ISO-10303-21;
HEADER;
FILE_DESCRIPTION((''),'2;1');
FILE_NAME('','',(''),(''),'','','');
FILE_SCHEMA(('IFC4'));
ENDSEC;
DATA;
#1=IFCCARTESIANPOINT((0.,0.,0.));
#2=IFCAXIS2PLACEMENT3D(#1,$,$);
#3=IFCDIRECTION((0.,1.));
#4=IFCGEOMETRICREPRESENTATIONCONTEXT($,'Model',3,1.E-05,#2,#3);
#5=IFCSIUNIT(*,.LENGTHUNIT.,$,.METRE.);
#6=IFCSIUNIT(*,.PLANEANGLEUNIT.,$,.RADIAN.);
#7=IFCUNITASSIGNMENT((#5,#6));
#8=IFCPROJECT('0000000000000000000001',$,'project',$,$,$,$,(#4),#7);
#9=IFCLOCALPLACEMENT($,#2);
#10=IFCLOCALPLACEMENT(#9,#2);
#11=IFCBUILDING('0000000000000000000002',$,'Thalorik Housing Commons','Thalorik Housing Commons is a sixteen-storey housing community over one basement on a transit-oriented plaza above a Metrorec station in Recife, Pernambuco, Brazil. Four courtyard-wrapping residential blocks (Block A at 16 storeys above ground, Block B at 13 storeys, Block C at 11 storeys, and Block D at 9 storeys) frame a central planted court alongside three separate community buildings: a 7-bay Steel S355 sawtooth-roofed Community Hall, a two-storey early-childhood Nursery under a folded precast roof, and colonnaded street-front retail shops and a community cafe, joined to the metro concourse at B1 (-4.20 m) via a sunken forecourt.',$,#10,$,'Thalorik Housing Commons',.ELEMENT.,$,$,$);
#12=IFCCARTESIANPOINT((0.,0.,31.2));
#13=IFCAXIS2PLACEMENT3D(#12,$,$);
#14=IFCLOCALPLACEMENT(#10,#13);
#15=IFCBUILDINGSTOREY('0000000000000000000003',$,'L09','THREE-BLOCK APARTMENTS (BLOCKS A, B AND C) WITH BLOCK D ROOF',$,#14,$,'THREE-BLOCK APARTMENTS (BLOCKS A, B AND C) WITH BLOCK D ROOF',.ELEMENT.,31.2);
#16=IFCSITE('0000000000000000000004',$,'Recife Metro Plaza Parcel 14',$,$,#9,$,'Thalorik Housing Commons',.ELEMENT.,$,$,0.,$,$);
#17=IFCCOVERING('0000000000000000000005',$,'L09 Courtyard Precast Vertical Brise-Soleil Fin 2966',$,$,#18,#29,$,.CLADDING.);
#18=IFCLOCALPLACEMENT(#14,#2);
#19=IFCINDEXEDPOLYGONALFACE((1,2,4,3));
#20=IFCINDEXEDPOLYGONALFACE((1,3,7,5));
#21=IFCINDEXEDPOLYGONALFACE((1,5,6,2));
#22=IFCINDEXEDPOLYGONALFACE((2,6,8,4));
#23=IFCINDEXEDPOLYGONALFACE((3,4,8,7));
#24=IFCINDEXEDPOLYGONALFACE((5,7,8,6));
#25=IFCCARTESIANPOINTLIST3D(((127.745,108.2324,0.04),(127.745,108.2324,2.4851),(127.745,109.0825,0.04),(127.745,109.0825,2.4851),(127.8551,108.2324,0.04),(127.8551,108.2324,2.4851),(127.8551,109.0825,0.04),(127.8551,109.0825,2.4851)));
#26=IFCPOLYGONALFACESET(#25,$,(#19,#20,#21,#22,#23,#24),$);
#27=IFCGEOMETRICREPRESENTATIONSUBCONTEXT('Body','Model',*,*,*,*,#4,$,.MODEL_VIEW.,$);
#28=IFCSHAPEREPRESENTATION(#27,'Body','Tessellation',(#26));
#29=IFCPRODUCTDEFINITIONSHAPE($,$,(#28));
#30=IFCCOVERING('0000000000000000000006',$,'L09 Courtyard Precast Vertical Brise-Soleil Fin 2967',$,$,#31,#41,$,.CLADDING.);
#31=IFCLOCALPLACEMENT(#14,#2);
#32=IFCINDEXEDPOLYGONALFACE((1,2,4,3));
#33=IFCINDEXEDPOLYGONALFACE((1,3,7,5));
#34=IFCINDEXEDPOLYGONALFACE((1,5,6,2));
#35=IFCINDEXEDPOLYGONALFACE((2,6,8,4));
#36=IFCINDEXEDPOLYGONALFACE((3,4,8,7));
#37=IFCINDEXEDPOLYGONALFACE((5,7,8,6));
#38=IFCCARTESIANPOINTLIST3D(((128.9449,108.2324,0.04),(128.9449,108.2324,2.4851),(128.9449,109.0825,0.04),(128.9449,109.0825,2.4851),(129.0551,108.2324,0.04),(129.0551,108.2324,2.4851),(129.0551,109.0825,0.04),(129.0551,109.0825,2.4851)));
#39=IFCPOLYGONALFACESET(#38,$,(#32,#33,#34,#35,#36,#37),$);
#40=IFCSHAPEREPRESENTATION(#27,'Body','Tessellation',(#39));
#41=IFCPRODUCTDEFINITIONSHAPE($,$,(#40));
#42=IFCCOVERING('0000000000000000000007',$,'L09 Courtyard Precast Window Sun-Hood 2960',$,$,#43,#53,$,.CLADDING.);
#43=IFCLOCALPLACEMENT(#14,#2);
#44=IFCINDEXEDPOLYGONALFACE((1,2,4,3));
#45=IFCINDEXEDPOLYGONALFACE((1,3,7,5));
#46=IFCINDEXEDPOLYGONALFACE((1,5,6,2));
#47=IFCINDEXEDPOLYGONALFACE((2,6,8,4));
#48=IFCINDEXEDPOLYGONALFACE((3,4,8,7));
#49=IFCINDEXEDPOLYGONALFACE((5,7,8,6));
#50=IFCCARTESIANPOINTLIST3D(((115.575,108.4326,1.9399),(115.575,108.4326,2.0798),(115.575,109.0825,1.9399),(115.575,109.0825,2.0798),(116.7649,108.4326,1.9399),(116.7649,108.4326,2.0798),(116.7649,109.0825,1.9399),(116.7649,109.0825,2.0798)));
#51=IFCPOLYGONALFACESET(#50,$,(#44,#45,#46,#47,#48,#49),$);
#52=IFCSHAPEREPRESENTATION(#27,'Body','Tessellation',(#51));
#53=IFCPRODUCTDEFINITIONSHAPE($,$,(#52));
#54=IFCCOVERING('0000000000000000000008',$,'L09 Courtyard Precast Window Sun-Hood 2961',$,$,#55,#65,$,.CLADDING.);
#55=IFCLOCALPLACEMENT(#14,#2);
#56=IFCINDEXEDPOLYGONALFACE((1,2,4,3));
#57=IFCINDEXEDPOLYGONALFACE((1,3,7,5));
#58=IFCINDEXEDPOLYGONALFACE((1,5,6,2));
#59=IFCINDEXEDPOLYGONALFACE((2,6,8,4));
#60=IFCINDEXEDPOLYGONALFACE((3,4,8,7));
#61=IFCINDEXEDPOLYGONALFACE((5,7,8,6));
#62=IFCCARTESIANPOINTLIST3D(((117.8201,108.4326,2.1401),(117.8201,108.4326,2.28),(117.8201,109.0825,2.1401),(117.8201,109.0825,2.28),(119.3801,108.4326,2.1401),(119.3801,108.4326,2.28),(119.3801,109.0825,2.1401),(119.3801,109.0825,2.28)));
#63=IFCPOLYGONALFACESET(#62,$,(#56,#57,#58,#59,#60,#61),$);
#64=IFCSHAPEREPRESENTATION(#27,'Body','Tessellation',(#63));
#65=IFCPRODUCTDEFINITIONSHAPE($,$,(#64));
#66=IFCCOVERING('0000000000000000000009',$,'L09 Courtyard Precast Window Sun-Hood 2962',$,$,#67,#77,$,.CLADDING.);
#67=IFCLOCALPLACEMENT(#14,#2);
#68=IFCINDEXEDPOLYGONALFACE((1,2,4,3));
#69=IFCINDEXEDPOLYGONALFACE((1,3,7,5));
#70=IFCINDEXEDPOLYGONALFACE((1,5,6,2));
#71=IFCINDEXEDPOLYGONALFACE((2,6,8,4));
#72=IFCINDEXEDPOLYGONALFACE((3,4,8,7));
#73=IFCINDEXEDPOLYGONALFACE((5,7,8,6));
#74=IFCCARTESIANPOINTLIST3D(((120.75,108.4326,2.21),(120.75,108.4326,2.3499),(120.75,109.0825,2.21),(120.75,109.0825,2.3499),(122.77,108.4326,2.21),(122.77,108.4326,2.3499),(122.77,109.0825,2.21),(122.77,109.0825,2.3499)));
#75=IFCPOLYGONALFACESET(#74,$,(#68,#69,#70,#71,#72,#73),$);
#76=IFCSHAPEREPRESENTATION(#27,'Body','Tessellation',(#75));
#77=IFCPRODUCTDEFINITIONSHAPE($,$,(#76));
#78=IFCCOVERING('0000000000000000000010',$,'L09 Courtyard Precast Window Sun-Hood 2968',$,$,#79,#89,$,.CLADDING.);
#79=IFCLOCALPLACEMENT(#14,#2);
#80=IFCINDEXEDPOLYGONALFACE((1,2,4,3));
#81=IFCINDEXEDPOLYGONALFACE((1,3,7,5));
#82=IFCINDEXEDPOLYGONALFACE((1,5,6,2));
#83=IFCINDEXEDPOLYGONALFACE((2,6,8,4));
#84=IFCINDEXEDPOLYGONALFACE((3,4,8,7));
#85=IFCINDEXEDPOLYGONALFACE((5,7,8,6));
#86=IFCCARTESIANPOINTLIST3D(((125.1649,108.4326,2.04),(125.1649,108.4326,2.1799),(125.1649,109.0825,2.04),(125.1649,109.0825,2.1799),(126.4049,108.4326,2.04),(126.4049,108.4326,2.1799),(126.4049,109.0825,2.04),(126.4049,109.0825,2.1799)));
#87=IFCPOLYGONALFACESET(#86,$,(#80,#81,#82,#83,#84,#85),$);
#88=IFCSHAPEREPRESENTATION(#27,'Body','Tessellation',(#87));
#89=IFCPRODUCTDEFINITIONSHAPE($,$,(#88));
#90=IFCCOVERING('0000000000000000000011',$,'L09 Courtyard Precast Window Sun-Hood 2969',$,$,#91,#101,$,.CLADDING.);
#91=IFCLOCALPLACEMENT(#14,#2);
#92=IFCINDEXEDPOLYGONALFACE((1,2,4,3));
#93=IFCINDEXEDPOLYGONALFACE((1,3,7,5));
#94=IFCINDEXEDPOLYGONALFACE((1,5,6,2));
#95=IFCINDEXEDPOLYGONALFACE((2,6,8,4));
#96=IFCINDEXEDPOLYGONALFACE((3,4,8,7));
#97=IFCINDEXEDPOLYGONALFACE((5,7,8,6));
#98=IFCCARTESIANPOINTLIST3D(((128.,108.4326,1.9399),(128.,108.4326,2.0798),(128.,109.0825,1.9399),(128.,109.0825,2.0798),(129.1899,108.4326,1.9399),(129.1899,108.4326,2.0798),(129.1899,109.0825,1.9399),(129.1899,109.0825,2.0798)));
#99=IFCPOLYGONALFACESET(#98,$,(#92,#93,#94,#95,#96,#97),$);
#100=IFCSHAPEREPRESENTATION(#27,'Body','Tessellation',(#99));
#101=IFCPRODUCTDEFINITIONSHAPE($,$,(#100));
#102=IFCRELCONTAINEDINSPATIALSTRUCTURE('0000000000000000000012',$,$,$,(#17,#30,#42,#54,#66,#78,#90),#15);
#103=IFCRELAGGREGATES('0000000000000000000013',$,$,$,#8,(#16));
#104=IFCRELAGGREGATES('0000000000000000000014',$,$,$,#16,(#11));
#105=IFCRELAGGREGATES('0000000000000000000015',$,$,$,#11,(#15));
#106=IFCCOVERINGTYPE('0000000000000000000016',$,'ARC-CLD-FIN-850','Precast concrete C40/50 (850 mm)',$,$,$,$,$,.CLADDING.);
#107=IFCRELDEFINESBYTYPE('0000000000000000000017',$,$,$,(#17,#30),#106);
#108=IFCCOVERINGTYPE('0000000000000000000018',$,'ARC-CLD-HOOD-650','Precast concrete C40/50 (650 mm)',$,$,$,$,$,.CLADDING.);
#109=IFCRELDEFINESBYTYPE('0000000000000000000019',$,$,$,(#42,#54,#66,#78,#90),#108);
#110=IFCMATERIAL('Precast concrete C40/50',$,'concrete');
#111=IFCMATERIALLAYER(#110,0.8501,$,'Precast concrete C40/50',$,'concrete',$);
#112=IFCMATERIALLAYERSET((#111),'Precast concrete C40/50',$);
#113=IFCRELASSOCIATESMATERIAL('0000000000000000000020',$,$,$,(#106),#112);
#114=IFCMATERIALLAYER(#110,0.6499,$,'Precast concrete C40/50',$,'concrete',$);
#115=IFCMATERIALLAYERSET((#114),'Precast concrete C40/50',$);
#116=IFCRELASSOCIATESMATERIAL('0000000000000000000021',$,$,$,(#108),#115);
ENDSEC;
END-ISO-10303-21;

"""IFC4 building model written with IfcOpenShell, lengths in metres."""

from ifc_helpers import new_model, si_unit, direction, frame, origin, origin_2d, place, context, subcontext, project, spatial, rectangle, extrude, material, layer, layer_set, type_object, element, save


model = new_model("IFC4")

# Units and contexts
model_context = context("Model", 3, precision=1e-05, world=origin(), true_north=direction((0.0, 1.0)))
body_context = subcontext(model_context, "Body", "Model", "MODEL_VIEW")
ifc_project = project(units=[si_unit("LENGTHUNIT", "METRE"), si_unit("PLANEANGLEUNIT", "RADIAN")], contexts=[model_context])

# Site, building, storey
site_placement = place(None, origin())
site = spatial("IfcSite", under=ifc_project, at=site_placement, Name="Recife Metro Plaza Parcel 14", LongName="Thalorik Housing Commons", CompositionType="ELEMENT", RefElevation=0.0)
building_placement = place(site_placement, origin())
building = spatial("IfcBuilding", under=site, at=building_placement, Name="Thalorik Housing Commons", Description="Thalorik Housing Commons is a sixteen-storey housing community over one basement on a transit-oriented plaza above a Metrorec station in Recife, Pernambuco, Brazil. Four courtyard-wrapping residential blocks (Block A at 16 storeys above ground, Block B at 13 storeys, Block C at 11 storeys, and Block D at 9 storeys) frame a central planted court alongside three separate community buildings: a 7-bay Steel S355 sawtooth-roofed Community Hall, a two-storey early-childhood Nursery under a folded precast roof, and colonnaded street-front retail shops and a community cafe, joined to the metro concourse at B1 (-4.20 m) via a sunken forecourt.", LongName="Thalorik Housing Commons", CompositionType="ELEMENT")
storey_placement = place(building_placement, frame((0.0, 0.0, 31.2)))
storey = spatial("IfcBuildingStorey", under=building, at=storey_placement, Name="L09", Description="THREE-BLOCK APARTMENTS (BLOCKS A, B AND C) WITH BLOCK D ROOF", LongName="THREE-BLOCK APARTMENTS (BLOCKS A, B AND C) WITH BLOCK D ROOF", CompositionType="ELEMENT", Elevation=31.2)

# Shared definitions
ifc_material_1 = material(Name="Precast concrete C40/50", Category="concrete")

# Coverings
ifc_layer_1 = layer(ifc_material_1, 0.8501, Name="Precast concrete C40/50", Category="concrete")
ifc_layer_set_1 = layer_set([ifc_layer_1], Name="Precast concrete C40/50")
covering_type_1 = type_object("IfcCoveringType", Name="ARC-CLD-FIN-850", Description="Precast concrete C40/50 (850 mm)", PredefinedType="CLADDING", material=ifc_layer_set_1)
for number, where, z_axis, x_axis, name in (
    (1, (127.8, 108.6575, 0.04), (0.0, 0.0, 1.0), (1.0, 0.0, 0.0), "L09 Courtyard Precast Vertical Brise-Soleil Fin 2966"),
    (2, (129.0, 108.6575, 0.04), (0.0, 0.0, 1.0), (1.0, 0.0, 0.0), "L09 Courtyard Precast Vertical Brise-Soleil Fin 2967"),
):
    element("IfcCovering", number, at=place(storey_placement, frame(where, z_axis=z_axis, x_axis=x_axis)), inside=storey, type_object=covering_type_1, Name=name, PredefinedType="CLADDING", context=body_context, shape_type="SweptSolid", body=[
        extrude(rectangle(XDim=0.1101, YDim=0.8501, at=origin_2d()), origin(), (0.0, 0.0, 1.0), 2.4451),
    ])
ifc_layer_2 = layer(ifc_material_1, 0.6499, Name="Precast concrete C40/50", Category="concrete")
ifc_layer_set_2 = layer_set([ifc_layer_2], Name="Precast concrete C40/50")
covering_type_2 = type_object("IfcCoveringType", Name="ARC-CLD-HOOD-650", Description="Precast concrete C40/50 (650 mm)", PredefinedType="CLADDING", material=ifc_layer_set_2)
covering_1_placement = place(storey_placement, frame((116.1699, 108.7576, 1.9399), z_axis=(0.0, 0.0, 1.0), x_axis=(1.0, 0.0, 0.0)))
element("IfcCovering", 3, at=covering_1_placement, inside=storey, type_object=covering_type_2, Name="L09 Courtyard Precast Window Sun-Hood 2960", PredefinedType="CLADDING", context=body_context, shape_type="SweptSolid", body=[
    extrude(rectangle(XDim=1.1899, YDim=0.6499, at=origin_2d()), origin(), (0.0, 0.0, 1.0), 0.1399),
])
covering_2_placement = place(storey_placement, frame((118.6001, 108.7576, 2.1401), z_axis=(0.0, 0.0, 1.0), x_axis=(1.0, 0.0, 0.0)))
element("IfcCovering", 4, at=covering_2_placement, inside=storey, type_object=covering_type_2, Name="L09 Courtyard Precast Window Sun-Hood 2961", PredefinedType="CLADDING", context=body_context, shape_type="SweptSolid", body=[
    extrude(rectangle(XDim=1.5601, YDim=0.6499, at=origin_2d()), origin(), (0.0, 0.0, 1.0), 0.1399),
])
covering_3_placement = place(storey_placement, frame((121.76, 108.7576, 2.21), z_axis=(0.0, 0.0, 1.0), x_axis=(1.0, 0.0, 0.0)))
element("IfcCovering", 5, at=covering_3_placement, inside=storey, type_object=covering_type_2, Name="L09 Courtyard Precast Window Sun-Hood 2962", PredefinedType="CLADDING", context=body_context, shape_type="SweptSolid", body=[
    extrude(rectangle(XDim=2.02, YDim=0.6499, at=origin_2d()), origin(), (0.0, 0.0, 1.0), 0.1399),
])
covering_4_placement = place(storey_placement, frame((125.7849, 108.7576, 2.04), z_axis=(0.0, 0.0, 1.0), x_axis=(1.0, 0.0, 0.0)))
element("IfcCovering", 6, at=covering_4_placement, inside=storey, type_object=covering_type_2, Name="L09 Courtyard Precast Window Sun-Hood 2968", PredefinedType="CLADDING", context=body_context, shape_type="SweptSolid", body=[
    extrude(rectangle(XDim=1.24, YDim=0.6499, at=origin_2d()), origin(), (0.0, 0.0, 1.0), 0.1399),
])
covering_5_placement = place(storey_placement, frame((128.595, 108.7576, 1.9399), z_axis=(0.0, 0.0, 1.0), x_axis=(1.0, 0.0, 0.0)))
element("IfcCovering", 7, at=covering_5_placement, inside=storey, type_object=covering_type_2, Name="L09 Courtyard Precast Window Sun-Hood 2969", PredefinedType="CLADDING", context=body_context, shape_type="SweptSolid", body=[
    extrude(rectangle(XDim=1.1899, YDim=0.6499, at=origin_2d()), origin(), (0.0, 0.0, 1.0), 0.1399),
])

save(model, "model.ifc")
